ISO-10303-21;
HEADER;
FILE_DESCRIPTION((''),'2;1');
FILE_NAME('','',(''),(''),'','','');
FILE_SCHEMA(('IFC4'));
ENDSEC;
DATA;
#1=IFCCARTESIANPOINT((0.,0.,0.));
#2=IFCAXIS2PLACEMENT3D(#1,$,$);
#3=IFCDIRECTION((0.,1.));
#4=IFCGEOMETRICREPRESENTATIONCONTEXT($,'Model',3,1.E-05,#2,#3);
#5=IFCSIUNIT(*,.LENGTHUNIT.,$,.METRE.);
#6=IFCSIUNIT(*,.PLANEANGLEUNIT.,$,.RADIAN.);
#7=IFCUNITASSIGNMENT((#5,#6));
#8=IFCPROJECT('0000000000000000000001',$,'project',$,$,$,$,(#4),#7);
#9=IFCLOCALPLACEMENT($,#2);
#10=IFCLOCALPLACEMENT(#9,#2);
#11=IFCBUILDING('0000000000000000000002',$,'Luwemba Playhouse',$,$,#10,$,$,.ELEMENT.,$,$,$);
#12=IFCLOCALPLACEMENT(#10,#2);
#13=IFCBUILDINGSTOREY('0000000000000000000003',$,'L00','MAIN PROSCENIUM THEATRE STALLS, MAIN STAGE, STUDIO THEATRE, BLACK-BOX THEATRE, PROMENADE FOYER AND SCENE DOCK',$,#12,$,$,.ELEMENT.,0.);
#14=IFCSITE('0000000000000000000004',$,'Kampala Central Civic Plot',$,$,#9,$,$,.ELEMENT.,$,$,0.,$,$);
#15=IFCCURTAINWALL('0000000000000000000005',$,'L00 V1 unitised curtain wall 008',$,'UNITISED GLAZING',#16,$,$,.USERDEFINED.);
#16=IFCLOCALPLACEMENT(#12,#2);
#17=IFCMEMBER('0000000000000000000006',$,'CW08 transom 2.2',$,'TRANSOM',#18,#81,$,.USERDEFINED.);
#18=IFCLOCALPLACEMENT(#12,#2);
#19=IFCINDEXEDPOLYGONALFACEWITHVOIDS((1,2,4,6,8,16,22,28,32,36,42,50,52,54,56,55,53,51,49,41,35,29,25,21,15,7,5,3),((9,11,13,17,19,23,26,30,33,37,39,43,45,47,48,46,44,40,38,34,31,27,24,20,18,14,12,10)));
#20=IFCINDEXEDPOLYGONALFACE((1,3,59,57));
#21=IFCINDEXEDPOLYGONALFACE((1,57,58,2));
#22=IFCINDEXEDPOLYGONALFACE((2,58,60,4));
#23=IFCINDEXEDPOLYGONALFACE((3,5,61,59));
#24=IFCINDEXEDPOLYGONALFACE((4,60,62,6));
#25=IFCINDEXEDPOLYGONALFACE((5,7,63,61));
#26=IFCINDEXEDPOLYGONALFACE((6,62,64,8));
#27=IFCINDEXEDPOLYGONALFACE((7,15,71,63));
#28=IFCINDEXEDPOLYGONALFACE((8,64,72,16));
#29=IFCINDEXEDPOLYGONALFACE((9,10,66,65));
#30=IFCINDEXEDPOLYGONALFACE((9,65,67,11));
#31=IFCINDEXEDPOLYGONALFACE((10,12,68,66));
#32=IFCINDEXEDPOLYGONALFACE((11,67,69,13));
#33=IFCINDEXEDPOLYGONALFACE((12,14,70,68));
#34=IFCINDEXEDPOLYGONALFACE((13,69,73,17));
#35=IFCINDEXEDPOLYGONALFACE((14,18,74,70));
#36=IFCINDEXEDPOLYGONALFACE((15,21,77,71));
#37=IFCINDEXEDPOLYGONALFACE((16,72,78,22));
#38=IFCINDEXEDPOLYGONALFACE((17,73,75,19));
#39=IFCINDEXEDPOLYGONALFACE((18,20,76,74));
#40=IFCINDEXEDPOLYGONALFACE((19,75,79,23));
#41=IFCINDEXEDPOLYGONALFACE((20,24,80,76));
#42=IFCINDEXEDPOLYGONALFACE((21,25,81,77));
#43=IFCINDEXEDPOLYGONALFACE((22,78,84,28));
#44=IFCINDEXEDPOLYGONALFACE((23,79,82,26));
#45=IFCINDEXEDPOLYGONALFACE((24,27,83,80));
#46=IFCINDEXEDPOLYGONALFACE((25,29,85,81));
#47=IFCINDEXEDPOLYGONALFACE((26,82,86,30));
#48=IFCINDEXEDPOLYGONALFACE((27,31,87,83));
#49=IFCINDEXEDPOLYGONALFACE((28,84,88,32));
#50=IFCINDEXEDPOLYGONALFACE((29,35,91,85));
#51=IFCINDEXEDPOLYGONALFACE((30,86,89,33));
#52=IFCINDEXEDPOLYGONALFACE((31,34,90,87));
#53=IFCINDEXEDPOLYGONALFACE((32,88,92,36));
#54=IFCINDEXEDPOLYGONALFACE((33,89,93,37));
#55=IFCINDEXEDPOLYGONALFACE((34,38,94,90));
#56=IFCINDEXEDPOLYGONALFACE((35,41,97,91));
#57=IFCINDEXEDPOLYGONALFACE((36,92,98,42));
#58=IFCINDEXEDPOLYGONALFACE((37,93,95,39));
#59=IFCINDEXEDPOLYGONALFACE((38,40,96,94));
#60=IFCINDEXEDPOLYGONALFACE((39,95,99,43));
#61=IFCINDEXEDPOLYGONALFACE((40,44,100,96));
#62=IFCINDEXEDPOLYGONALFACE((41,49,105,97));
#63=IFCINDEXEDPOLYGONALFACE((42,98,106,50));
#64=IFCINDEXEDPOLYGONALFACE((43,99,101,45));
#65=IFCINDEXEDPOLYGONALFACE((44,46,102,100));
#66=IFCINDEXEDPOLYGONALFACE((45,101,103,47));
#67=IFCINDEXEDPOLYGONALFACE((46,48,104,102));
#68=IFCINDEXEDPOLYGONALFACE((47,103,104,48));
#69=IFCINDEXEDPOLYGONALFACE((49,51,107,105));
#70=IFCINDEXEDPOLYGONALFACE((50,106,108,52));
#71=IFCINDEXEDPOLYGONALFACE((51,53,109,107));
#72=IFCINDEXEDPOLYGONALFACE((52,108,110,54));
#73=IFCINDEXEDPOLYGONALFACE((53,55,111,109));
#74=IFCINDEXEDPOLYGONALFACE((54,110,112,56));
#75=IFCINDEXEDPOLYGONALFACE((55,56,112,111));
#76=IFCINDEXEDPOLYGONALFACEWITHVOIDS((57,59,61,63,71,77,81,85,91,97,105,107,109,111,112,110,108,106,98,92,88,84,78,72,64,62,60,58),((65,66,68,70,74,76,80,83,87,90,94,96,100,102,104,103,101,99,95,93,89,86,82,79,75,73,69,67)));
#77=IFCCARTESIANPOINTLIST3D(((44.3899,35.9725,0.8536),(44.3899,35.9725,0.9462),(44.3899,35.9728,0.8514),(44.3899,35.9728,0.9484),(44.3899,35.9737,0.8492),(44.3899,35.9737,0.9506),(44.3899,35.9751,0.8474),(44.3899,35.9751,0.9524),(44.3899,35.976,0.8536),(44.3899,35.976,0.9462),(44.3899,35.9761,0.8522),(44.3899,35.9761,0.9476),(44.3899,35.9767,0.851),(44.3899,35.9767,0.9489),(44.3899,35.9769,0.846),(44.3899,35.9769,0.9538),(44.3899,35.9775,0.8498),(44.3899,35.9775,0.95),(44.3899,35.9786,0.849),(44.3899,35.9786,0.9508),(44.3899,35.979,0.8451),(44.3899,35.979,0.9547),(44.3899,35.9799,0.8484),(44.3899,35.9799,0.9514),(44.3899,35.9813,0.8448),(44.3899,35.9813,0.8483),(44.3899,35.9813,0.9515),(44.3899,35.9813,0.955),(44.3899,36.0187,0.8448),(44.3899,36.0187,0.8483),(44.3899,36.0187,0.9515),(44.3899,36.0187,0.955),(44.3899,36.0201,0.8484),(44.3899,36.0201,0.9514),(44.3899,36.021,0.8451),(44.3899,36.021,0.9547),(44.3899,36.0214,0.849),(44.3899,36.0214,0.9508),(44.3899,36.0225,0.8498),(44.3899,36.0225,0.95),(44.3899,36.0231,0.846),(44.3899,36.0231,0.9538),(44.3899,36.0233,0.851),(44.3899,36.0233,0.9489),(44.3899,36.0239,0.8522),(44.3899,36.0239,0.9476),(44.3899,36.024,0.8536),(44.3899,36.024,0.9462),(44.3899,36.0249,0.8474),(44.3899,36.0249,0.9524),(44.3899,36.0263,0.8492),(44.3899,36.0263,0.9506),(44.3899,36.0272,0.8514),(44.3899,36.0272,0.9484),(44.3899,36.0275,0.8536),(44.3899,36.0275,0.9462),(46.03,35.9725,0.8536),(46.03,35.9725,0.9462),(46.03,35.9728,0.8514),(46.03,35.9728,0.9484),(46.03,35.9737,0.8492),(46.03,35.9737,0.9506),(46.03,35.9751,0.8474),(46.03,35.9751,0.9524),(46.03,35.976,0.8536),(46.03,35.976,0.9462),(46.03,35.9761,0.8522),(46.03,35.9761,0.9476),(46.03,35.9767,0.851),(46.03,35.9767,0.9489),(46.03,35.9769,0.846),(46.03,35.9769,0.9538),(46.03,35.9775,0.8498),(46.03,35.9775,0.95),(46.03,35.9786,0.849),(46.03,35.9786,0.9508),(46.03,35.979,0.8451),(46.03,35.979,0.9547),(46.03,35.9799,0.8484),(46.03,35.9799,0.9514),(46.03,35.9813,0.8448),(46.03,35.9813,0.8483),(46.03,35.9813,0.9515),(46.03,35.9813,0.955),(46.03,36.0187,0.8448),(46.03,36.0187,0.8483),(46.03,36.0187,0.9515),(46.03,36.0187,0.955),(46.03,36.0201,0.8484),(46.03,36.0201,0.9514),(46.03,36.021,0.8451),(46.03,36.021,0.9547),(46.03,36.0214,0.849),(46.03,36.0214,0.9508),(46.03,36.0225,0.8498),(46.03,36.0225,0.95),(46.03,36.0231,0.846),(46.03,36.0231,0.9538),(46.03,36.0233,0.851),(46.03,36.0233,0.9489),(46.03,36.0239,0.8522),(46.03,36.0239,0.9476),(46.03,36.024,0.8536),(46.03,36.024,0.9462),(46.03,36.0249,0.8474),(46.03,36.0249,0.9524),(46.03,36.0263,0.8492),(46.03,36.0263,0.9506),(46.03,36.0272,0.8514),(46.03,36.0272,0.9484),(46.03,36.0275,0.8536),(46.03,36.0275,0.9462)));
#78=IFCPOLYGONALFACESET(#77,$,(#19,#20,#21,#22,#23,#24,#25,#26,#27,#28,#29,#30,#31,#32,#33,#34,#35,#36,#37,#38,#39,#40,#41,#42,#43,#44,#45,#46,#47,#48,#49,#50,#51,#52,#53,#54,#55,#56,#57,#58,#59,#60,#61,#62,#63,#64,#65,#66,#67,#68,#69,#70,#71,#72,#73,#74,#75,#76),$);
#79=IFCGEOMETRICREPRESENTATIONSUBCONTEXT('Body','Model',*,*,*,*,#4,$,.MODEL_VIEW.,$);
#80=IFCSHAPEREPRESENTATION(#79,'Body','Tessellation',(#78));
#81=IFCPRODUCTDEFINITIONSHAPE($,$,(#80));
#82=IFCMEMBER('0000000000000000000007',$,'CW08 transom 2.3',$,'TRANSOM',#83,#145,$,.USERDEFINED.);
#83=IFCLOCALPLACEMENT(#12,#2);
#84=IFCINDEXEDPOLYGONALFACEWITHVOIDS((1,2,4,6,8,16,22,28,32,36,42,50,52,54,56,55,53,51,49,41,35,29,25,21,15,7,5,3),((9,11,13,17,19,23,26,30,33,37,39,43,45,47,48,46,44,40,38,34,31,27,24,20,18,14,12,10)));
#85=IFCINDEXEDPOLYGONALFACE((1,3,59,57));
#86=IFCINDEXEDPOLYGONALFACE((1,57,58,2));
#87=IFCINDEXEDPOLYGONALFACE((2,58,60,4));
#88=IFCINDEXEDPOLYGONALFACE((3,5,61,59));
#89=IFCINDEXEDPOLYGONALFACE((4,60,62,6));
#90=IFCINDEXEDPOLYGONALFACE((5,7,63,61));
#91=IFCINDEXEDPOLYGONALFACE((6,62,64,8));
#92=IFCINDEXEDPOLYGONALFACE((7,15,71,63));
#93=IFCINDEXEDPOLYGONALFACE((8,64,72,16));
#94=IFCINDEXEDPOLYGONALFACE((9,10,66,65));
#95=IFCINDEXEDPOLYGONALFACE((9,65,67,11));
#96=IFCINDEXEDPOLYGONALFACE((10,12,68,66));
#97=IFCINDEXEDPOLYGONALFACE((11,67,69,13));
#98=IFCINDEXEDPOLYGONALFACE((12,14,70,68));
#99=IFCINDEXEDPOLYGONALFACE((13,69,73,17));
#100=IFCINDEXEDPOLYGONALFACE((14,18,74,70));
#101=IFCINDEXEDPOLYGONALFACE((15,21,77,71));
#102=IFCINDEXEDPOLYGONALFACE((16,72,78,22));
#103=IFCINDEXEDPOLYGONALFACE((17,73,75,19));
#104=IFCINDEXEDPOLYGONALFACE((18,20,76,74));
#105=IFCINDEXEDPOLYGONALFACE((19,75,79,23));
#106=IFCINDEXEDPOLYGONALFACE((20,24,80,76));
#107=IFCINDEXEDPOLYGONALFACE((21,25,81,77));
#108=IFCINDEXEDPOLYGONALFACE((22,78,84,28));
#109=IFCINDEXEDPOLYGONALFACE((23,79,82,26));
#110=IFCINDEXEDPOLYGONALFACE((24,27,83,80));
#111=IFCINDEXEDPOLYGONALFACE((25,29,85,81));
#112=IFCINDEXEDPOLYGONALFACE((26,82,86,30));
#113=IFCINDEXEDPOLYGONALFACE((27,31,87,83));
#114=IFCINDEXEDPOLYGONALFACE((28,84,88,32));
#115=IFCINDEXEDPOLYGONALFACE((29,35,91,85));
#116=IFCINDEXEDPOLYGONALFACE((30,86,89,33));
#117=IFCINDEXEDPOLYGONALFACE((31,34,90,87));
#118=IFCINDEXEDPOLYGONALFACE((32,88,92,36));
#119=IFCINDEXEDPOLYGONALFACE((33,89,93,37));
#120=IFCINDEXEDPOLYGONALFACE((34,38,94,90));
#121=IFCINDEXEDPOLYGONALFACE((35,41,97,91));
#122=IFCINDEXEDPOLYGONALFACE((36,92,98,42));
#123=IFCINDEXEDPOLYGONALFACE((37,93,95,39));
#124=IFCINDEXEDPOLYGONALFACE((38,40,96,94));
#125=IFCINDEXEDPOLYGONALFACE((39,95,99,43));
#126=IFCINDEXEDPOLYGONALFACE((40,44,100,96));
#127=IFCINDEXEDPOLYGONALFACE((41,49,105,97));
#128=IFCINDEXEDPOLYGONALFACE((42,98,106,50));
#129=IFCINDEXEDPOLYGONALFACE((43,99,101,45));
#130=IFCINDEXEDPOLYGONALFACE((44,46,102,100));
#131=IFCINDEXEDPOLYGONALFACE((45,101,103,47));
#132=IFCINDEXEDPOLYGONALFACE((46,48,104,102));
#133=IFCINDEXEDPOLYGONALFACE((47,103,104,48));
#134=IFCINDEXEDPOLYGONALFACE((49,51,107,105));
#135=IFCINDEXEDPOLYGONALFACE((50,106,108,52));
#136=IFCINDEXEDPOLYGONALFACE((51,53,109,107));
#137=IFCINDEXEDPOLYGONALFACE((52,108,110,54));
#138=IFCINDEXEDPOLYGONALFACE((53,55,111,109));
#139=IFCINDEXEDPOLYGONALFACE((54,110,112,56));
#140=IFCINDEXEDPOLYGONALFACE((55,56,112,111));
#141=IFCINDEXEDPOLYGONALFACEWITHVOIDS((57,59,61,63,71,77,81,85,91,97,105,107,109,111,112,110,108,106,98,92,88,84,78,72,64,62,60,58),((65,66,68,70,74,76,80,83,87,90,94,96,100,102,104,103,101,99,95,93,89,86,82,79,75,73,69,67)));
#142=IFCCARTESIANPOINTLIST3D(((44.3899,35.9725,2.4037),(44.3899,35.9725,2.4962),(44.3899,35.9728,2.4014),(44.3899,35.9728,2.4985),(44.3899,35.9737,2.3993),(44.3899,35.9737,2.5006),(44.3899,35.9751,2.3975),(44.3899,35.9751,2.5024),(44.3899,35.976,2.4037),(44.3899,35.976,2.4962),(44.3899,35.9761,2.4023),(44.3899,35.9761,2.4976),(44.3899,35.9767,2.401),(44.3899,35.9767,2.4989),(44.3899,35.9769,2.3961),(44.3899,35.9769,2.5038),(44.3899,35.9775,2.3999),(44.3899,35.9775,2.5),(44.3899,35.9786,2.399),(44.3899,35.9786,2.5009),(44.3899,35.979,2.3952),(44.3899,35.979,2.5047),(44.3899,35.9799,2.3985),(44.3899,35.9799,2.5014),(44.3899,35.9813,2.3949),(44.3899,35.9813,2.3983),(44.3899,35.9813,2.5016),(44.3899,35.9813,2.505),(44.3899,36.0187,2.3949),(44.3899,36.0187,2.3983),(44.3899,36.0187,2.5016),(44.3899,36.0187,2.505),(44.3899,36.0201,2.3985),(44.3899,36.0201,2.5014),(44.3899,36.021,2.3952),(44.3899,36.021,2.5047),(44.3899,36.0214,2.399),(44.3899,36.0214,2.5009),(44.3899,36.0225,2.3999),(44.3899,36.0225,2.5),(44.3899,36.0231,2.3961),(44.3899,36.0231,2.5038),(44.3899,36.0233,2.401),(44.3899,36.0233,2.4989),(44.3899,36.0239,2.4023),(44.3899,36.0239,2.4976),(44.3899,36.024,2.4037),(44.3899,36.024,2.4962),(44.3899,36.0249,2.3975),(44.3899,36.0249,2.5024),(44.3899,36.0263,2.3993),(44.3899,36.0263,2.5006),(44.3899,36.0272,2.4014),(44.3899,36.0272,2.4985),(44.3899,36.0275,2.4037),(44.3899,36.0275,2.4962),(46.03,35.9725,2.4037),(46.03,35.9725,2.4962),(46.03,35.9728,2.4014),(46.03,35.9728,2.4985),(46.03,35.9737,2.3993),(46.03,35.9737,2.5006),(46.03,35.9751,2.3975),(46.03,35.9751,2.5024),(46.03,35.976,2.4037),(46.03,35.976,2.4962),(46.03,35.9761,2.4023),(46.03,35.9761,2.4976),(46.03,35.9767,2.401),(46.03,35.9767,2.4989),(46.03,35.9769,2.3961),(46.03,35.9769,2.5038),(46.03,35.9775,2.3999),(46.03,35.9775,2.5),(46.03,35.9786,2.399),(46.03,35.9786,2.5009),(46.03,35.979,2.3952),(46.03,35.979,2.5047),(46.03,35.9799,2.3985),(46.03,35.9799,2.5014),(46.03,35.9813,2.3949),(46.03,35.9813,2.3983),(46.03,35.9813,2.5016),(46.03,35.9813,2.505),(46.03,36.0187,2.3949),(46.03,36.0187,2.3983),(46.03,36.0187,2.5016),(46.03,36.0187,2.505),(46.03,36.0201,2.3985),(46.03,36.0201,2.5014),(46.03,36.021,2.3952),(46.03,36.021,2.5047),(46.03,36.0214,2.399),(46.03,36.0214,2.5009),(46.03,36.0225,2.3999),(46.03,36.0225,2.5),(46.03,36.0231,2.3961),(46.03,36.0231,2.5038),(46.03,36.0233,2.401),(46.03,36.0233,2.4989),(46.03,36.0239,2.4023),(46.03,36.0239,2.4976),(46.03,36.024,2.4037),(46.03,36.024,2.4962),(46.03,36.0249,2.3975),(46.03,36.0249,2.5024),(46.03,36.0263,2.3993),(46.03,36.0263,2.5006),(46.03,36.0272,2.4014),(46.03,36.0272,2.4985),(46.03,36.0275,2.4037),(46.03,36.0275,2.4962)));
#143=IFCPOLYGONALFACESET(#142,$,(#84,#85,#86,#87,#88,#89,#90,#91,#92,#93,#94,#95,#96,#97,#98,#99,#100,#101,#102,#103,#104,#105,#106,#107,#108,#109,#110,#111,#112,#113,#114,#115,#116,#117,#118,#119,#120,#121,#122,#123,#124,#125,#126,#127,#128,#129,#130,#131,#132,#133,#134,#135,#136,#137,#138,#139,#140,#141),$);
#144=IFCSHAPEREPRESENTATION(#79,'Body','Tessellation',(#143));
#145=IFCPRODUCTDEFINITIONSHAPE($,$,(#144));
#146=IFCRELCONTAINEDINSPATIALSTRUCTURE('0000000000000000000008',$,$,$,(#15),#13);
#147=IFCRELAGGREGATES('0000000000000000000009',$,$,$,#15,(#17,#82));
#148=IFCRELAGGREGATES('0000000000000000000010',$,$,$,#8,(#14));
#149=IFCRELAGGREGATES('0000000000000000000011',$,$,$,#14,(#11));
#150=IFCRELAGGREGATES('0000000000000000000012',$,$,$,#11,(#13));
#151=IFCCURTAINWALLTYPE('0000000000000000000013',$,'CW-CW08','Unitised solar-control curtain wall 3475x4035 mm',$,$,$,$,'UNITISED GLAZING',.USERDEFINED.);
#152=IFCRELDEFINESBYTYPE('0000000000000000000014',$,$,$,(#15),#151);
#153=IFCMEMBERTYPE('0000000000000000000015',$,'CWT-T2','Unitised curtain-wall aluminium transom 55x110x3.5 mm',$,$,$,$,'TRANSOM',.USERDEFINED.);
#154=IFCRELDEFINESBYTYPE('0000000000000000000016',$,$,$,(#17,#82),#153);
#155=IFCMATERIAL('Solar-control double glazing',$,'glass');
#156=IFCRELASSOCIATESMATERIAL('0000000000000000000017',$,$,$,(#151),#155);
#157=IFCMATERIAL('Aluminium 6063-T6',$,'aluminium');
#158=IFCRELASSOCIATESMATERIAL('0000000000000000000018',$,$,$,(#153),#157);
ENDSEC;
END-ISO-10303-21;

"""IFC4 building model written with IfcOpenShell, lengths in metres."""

from ifc_helpers import new_model, si_unit, direction, frame, origin, origin_2d, place, context, subcontext, project, spatial, hollow_rectangle, extrude, material, material_profile, profile_set, type_object, element, aggregate, save


model = new_model("IFC4")

# Units and contexts
model_context = context("Model", 3, precision=1e-05, world=origin(), true_north=direction((0.0, 1.0)))
body_context = subcontext(model_context, "Body", "Model", "MODEL_VIEW")
ifc_project = project(units=[si_unit("LENGTHUNIT", "METRE"), si_unit("PLANEANGLEUNIT", "RADIAN")], contexts=[model_context])

# Site, building, storey
site_placement = place(None, origin())
site = spatial("IfcSite", under=ifc_project, at=site_placement, Name="Kampala Central Civic Plot", CompositionType="ELEMENT", RefElevation=0.0)
building_placement = place(site_placement, origin())
building = spatial("IfcBuilding", under=site, at=building_placement, Name="Luwemba Playhouse", CompositionType="ELEMENT")
storey_placement = place(building_placement, origin())
storey = spatial("IfcBuildingStorey", under=building, at=storey_placement, Name="L00", Description="MAIN PROSCENIUM THEATRE STALLS, MAIN STAGE, STUDIO THEATRE, BLACK-BOX THEATRE, PROMENADE FOYER AND SCENE DOCK", CompositionType="ELEMENT", Elevation=0.0)

# Shared definitions
ifc_material_1 = material(Name="Solar-control double glazing", Category="glass")
ifc_material_2 = material(Name="Aluminium 6063-T6", Category="aluminium")

# Curtain wall
curtain_wall_type_1 = type_object("IfcCurtainWallType", Name="CW-CW08", Description="Unitised solar-control curtain wall 3475x4035 mm", ElementType="UNITISED GLAZING", PredefinedType="USERDEFINED", material=ifc_material_1)
curtain_wall_1_placement = place(storey_placement, origin())
curtain_wall_1 = element("IfcCurtainWall", 1, at=curtain_wall_1_placement, inside=storey, type_object=curtain_wall_type_1, Name="L00 V1 unitised curtain wall 008", ObjectType="UNITISED GLAZING", PredefinedType="USERDEFINED")

# Members
ifc_material_profile_1 = material_profile(ifc_material_2, hollow_rectangle(XDim=0.0549, YDim=0.1101, WallThickness=0.0034, InnerFilletRadius=0.0054, OuterFilletRadius=0.0088, at=origin_2d()))
ifc_profile_set_1 = profile_set([ifc_material_profile_1], Name="Aluminium 6063-T6")
member_type_1 = type_object("IfcMemberType", Name="CWT-T2", Description="Unitised curtain-wall aluminium transom 55x110x3.5 mm", ElementType="TRANSOM", PredefinedType="USERDEFINED", material=ifc_profile_set_1)
member_1_placement = place(storey_placement, frame((46.03, 36.0, 0.8999), z_axis=(-1.0, 0.0, 0.0), x_axis=(0.0, -1.0, 0.0)))
member_1 = element("IfcMember", 2, at=member_1_placement, type_object=member_type_1, Name="CW08 transom 2.2", ObjectType="TRANSOM", PredefinedType="USERDEFINED", context=body_context, shape_type="SweptSolid", body=[
    extrude(hollow_rectangle(XDim=0.0549, YDim=0.1101, WallThickness=0.0034, InnerFilletRadius=0.0054, OuterFilletRadius=0.0088, at=origin_2d()), origin(), (0.0, 0.0, 1.0), 1.6401),
])
member_2_placement = place(storey_placement, frame((46.03, 36.0, 2.45), z_axis=(-1.0, 0.0, 0.0), x_axis=(0.0, -1.0, 0.0)))
member_2 = element("IfcMember", 3, at=member_2_placement, type_object=member_type_1, Name="CW08 transom 2.3", ObjectType="TRANSOM", PredefinedType="USERDEFINED", context=body_context, shape_type="SweptSolid", body=[
    extrude(hollow_rectangle(XDim=0.0549, YDim=0.1101, WallThickness=0.0034, InnerFilletRadius=0.0054, OuterFilletRadius=0.0088, at=origin_2d()), origin(), (0.0, 0.0, 1.0), 1.6401),
])

aggregate(curtain_wall_1, [member_1, member_2])

save(model, "model.ifc")
